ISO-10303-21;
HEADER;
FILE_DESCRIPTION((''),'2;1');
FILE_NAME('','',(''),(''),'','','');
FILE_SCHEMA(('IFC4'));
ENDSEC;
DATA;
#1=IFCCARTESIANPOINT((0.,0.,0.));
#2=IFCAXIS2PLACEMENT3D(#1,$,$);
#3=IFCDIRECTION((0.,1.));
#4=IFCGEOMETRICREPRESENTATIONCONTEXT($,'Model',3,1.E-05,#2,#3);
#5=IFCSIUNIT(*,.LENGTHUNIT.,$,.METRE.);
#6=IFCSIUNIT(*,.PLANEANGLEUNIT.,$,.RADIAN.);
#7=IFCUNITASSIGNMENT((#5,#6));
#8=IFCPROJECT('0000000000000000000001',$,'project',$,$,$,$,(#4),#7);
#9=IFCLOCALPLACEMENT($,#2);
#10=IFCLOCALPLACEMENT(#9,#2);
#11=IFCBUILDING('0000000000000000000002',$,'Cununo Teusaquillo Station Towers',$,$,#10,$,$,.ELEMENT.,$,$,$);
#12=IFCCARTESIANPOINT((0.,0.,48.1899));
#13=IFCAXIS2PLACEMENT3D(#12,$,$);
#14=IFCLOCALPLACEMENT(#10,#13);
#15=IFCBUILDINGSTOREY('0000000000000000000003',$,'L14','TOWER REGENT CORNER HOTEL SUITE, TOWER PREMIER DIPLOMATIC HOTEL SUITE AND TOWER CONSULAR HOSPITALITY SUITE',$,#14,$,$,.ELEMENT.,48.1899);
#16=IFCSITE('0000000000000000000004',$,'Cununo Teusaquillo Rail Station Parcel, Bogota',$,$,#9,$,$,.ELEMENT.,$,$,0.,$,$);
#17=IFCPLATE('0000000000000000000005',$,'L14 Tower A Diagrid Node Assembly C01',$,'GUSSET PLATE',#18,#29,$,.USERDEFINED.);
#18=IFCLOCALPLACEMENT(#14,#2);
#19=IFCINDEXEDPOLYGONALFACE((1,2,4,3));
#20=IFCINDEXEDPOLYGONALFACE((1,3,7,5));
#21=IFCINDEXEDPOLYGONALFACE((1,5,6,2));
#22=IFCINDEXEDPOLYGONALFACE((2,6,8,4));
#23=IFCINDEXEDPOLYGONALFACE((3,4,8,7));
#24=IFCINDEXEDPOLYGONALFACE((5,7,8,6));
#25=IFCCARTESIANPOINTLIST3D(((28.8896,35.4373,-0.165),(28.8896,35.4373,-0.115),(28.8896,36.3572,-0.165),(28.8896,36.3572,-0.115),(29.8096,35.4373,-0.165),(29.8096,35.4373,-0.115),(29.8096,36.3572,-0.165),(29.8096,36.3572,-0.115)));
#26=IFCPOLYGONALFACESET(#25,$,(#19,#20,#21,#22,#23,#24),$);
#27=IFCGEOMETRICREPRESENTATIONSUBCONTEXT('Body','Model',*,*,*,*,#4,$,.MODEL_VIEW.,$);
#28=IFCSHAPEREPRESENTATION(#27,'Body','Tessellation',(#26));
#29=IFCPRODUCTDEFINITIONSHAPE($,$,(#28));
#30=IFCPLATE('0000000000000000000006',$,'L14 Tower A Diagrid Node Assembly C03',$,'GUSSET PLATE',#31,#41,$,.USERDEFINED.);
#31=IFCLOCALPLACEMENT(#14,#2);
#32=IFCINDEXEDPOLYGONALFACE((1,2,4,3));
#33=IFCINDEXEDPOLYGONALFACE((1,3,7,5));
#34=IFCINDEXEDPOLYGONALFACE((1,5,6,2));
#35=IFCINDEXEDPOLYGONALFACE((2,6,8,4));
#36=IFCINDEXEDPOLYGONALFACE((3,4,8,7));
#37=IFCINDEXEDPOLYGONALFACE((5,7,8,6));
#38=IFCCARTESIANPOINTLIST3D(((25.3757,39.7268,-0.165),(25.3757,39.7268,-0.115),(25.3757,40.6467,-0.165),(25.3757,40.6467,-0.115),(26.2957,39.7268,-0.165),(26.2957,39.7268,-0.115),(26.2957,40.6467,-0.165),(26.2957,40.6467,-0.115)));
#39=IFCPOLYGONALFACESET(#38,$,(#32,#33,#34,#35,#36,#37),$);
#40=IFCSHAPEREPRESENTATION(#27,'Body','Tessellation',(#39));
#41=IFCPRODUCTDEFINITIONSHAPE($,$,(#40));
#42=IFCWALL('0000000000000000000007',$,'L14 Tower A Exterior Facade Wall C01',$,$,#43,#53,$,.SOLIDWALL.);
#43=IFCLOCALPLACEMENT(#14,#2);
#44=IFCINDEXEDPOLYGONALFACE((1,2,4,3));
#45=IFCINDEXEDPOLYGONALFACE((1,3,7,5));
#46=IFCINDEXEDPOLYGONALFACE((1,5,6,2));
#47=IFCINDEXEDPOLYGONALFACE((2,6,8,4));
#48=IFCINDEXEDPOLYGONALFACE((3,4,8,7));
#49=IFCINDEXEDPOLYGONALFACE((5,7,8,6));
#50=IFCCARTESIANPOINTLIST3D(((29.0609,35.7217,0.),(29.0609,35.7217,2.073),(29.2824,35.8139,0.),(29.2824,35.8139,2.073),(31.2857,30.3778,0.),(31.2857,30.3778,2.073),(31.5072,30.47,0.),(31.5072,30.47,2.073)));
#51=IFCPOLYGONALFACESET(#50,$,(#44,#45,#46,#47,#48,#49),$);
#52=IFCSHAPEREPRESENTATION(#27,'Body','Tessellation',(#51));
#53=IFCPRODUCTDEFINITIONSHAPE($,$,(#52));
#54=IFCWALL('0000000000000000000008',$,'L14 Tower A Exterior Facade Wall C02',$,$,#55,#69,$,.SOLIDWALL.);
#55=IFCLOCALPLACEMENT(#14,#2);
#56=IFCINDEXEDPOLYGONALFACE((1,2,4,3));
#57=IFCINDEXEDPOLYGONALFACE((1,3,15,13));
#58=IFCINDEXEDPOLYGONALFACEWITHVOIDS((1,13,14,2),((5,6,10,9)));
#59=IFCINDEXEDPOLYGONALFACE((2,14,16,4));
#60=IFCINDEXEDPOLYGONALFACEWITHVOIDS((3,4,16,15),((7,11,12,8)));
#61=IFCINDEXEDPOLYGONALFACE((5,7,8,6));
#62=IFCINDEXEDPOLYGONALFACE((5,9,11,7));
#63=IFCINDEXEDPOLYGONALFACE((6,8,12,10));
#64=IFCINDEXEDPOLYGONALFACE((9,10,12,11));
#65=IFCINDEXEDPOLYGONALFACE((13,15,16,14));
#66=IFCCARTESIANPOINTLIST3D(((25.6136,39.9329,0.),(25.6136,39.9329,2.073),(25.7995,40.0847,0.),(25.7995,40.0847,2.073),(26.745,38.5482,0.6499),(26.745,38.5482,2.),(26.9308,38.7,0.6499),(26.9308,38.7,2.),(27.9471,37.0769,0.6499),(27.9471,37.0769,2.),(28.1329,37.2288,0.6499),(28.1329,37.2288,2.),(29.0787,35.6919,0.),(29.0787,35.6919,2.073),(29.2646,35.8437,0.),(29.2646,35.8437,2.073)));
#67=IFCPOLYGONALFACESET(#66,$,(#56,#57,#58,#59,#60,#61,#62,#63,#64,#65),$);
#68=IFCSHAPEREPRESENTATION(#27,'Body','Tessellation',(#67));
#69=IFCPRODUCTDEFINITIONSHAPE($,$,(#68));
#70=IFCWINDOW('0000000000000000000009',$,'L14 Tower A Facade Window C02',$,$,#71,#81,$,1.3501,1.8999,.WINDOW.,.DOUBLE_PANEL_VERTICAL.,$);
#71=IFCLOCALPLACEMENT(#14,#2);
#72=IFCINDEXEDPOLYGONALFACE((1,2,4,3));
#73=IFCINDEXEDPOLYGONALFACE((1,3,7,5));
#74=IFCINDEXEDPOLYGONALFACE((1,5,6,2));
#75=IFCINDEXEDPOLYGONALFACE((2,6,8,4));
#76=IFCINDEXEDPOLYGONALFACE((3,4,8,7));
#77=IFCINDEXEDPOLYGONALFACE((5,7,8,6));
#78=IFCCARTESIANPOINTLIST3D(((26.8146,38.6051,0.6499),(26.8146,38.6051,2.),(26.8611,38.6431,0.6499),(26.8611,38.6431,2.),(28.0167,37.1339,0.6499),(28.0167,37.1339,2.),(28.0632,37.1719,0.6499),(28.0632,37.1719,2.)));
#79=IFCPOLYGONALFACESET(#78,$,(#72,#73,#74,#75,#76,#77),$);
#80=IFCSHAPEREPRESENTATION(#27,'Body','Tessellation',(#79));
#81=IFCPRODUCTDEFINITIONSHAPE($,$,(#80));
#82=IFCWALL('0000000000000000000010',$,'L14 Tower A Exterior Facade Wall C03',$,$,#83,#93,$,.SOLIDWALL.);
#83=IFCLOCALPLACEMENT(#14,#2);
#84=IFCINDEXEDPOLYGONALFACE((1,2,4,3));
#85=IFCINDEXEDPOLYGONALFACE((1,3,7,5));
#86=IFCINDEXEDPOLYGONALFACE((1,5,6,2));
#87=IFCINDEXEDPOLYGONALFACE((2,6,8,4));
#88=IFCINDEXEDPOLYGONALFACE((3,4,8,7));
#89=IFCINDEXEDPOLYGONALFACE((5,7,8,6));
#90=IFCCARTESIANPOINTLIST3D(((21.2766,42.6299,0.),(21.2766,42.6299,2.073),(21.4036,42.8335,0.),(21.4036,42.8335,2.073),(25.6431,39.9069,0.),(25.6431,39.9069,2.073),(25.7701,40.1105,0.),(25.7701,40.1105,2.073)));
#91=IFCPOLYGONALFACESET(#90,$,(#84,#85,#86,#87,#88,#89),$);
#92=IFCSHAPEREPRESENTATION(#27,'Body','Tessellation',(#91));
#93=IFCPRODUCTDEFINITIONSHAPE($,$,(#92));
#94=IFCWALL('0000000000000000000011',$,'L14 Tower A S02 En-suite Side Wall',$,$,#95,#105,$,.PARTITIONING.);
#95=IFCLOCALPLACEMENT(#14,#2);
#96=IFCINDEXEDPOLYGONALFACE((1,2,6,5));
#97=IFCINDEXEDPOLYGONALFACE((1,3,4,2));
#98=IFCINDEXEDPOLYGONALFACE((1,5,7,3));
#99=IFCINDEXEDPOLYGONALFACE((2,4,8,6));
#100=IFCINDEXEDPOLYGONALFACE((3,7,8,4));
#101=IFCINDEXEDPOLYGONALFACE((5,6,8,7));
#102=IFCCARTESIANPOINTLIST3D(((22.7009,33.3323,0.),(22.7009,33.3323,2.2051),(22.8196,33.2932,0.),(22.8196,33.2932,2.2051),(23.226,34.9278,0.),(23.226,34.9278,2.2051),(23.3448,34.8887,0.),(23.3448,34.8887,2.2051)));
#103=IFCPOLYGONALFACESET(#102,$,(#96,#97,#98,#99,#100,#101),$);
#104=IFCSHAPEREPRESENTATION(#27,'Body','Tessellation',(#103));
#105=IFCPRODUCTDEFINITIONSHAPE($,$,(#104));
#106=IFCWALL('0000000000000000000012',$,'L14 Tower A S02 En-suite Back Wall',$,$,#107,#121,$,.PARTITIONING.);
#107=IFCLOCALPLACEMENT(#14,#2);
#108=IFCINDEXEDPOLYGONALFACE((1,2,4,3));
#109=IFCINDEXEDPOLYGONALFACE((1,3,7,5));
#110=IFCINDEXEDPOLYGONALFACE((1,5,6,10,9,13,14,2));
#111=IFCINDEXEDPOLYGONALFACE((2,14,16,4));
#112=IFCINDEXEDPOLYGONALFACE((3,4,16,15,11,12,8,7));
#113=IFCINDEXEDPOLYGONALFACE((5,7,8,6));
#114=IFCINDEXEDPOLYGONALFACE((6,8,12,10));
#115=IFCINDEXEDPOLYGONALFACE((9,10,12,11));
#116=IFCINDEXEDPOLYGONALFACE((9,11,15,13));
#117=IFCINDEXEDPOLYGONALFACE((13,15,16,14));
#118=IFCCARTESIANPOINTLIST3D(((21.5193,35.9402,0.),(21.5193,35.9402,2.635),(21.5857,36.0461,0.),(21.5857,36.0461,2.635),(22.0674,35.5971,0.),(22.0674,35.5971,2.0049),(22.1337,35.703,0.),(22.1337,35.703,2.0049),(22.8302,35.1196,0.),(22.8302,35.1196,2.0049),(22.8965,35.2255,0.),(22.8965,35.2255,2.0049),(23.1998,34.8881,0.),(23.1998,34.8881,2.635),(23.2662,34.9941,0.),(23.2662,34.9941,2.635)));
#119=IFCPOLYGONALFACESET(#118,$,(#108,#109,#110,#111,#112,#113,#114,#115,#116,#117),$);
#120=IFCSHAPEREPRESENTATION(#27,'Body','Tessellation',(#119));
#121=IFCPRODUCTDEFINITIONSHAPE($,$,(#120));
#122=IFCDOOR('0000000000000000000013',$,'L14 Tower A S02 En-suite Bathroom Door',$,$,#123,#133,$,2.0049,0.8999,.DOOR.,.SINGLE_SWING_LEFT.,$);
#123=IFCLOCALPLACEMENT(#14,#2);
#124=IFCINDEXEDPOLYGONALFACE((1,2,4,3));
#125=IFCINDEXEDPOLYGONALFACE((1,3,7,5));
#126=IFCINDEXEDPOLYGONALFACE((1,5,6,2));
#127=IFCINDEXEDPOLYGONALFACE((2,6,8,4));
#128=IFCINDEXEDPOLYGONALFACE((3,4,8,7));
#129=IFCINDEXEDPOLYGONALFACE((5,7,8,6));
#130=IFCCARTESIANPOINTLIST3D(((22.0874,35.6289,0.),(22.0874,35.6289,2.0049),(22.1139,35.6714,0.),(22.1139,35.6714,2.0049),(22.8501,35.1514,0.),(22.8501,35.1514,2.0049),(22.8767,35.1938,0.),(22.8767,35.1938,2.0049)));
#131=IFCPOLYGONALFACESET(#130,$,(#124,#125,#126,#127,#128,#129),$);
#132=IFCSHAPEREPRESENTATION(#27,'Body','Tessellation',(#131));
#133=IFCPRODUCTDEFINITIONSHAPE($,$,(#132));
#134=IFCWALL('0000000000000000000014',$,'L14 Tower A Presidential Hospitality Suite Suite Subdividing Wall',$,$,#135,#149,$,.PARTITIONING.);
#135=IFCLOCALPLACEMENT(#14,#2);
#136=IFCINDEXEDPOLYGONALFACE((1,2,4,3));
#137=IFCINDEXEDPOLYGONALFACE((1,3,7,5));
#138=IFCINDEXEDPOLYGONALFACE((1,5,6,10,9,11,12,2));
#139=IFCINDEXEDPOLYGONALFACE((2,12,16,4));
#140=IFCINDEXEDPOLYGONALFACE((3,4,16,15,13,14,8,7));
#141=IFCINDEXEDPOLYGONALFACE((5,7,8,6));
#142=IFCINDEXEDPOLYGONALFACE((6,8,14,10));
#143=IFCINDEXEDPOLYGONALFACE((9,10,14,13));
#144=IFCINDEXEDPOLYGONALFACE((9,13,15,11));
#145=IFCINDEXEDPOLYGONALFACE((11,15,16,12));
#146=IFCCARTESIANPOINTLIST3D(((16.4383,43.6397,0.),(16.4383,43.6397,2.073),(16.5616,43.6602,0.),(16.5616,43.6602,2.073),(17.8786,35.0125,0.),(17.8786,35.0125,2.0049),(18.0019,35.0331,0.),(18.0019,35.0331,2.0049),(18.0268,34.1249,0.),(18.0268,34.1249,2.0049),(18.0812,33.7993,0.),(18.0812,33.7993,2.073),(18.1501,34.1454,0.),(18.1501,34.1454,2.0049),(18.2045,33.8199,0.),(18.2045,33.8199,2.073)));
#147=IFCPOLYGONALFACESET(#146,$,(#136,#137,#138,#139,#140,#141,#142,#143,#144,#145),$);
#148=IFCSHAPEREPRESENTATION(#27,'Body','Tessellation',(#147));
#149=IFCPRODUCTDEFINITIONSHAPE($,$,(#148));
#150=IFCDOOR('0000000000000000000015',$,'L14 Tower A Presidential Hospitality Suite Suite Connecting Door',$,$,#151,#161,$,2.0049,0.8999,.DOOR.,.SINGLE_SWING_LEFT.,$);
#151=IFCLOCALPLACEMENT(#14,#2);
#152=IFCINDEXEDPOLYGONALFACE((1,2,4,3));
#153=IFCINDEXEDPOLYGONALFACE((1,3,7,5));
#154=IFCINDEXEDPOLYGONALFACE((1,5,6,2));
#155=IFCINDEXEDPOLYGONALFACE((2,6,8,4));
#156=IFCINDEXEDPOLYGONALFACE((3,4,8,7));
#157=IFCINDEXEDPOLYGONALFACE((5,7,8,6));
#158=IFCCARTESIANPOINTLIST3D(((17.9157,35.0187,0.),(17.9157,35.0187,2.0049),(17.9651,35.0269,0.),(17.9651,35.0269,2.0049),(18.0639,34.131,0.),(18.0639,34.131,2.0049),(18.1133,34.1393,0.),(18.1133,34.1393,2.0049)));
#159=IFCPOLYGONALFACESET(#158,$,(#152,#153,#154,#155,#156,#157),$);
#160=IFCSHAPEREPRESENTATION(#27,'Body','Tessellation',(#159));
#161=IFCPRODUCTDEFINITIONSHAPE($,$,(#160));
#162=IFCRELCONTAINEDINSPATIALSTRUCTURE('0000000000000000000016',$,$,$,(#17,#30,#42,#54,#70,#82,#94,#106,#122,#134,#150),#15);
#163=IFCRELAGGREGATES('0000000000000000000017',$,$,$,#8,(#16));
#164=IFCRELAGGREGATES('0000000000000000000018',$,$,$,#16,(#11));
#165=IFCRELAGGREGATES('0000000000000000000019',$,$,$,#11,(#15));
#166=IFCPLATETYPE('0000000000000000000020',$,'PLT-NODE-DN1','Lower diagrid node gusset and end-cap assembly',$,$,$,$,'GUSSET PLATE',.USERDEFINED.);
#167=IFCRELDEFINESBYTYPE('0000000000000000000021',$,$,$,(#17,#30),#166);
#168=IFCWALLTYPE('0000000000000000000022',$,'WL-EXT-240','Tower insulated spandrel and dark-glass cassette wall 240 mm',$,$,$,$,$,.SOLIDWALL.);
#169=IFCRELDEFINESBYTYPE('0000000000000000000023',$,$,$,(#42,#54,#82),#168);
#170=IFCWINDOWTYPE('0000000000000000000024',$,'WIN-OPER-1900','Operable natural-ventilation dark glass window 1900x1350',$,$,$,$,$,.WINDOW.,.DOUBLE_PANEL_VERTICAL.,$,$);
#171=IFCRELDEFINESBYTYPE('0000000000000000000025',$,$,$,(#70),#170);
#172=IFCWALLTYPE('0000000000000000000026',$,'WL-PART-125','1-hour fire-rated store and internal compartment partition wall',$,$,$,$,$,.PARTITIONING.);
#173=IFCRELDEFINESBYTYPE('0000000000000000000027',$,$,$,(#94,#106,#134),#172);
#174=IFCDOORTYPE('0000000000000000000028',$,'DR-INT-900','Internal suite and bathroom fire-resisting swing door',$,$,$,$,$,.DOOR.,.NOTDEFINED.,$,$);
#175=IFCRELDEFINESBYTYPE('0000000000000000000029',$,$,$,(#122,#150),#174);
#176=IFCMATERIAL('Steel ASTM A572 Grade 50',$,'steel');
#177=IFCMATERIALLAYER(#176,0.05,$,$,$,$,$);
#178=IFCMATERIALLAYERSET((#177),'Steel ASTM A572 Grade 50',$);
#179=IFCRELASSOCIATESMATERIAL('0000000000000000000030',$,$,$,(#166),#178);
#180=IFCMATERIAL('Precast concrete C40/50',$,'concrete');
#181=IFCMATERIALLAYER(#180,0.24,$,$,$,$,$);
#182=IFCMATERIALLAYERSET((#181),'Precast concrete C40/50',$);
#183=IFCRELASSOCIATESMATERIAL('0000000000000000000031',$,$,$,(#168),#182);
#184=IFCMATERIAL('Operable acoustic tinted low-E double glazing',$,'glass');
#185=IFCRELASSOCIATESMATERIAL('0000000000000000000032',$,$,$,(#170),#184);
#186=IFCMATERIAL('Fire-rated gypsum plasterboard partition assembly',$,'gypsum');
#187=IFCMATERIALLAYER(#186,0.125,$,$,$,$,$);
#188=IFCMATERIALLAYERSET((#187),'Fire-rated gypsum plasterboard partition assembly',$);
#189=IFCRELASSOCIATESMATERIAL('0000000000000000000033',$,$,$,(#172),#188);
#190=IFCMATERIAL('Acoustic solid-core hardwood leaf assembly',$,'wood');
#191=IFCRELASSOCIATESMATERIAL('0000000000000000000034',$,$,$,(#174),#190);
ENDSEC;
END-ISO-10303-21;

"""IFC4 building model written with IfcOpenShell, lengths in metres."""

from ifc_helpers import new_model, si_unit, direction, frame, frame_2d, origin, origin_2d, place, context, subcontext, project, spatial, rectangle, extrude, source, transform, mapped, material, layer, layer_set, type_object, element, fill, save


model = new_model("IFC4")

# Units and contexts
model_context = context("Model", 3, precision=1e-05, world=origin(), true_north=direction((0.0, 1.0)))
body_context = subcontext(model_context, "Body", "Model", "MODEL_VIEW")
ifc_project = project(units=[si_unit("LENGTHUNIT", "METRE"), si_unit("PLANEANGLEUNIT", "RADIAN")], contexts=[model_context])

# Site, building, storey
site_placement = place(None, origin())
site = spatial("IfcSite", under=ifc_project, at=site_placement, Name="Cununo Teusaquillo Rail Station Parcel, Bogota", CompositionType="ELEMENT", RefElevation=0.0)
building_placement = place(site_placement, origin())
building = spatial("IfcBuilding", under=site, at=building_placement, Name="Cununo Teusaquillo Station Towers", CompositionType="ELEMENT")
storey_placement = place(building_placement, frame((0.0, 0.0, 48.1899)))
storey = spatial("IfcBuildingStorey", under=building, at=storey_placement, Name="L14", Description="TOWER REGENT CORNER HOTEL SUITE, TOWER PREMIER DIPLOMATIC HOTEL SUITE AND TOWER CONSULAR HOSPITALITY SUITE", CompositionType="ELEMENT", Elevation=48.1899)

# Plates
ifc_material_1 = material(Name="Steel ASTM A572 Grade 50", Category="steel")
ifc_layer_1 = layer(ifc_material_1, 0.05)
ifc_layer_set_1 = layer_set([ifc_layer_1], Name="Steel ASTM A572 Grade 50")
plate_type = type_object("IfcPlateType", Name="PLT-NODE-DN1", Description="Lower diagrid node gusset and end-cap assembly", ElementType="GUSSET PLATE", PredefinedType="USERDEFINED", material=ifc_layer_set_1)
shared_shape_1 = source(origin(), body_context, "Body", "SweptSolid", [
    extrude(rectangle(XDim=0.9199, YDim=0.9199, at=origin_2d()), origin(), (0.0, 0.0, 1.0), 0.05),
])
for number, where, z_axis, x_axis, name in (
    (1, (29.3496, 35.8972, -0.165), (0.0, 0.0, 1.0), (1.0, 0.0, 0.0), "L14 Tower A Diagrid Node Assembly C01"),
    (2, (25.8357, 40.1868, -0.165), (0.0, 0.0, 1.0), (1.0, 0.0, 0.0), "L14 Tower A Diagrid Node Assembly C03"),
):
    element("IfcPlate", number, at=place(storey_placement, frame(where, z_axis=z_axis, x_axis=x_axis)), inside=storey, type_object=plate_type, Name=name, ObjectType="GUSSET PLATE", PredefinedType="USERDEFINED", context=body_context, shape_type="MappedRepresentation", body=[
        mapped(shared_shape_1, transform((0.0, 0.0, 0.0), x_axis=(1.0, 0.0, 0.0), y_axis=(0.0, 1.0, 0.0), z_axis=(0.0, 0.0, 1.0), scale=1.0)),
    ])

# Wall
ifc_material_2 = material(Name="Precast concrete C40/50", Category="concrete")
ifc_layer_2 = layer(ifc_material_2, 0.24)
ifc_layer_set_2 = layer_set([ifc_layer_2], Name="Precast concrete C40/50")
wall_type_1 = type_object("IfcWallType", Name="WL-EXT-240", Description="Tower insulated spandrel and dark-glass cassette wall 240 mm", PredefinedType="SOLIDWALL", material=ifc_layer_set_2)
wall_1_placement = place(storey_placement, frame((29.1716, 35.7678, 0.0), z_axis=(0.0, 0.0, 1.0), x_axis=(0.384349, -0.923188, 0.0)))
element("IfcWall", 3, at=wall_1_placement, inside=storey, type_object=wall_type_1, Name="L14 Tower A Exterior Facade Wall C01", PredefinedType="SOLIDWALL", context=body_context, shape_type="SweptSolid", body=[
    extrude(rectangle(XDim=5.7886, YDim=0.24, at=frame_2d((2.8943, 0.0))), origin(), (0.0, 0.0, 1.0), 2.073),
])

# Wall, opening, window
wall_2_placement = place(storey_placement, frame((25.7065, 40.0088, 0.0), z_axis=(0.0, 0.0, 1.0), x_axis=(0.632713, -0.774386, 0.0)))
wall_2 = element("IfcWall", 4, at=wall_2_placement, inside=storey, type_object=wall_type_1, Name="L14 Tower A Exterior Facade Wall C02", PredefinedType="SOLIDWALL", context=body_context, shape_type="SweptSolid", body=[
    extrude(rectangle(XDim=5.4766, YDim=0.24, at=frame_2d((2.7383, 0.0))), origin(), (0.0, 0.0, 1.0), 2.073),
])
shared_shape_2 = source(origin(), body_context, "Body", "SweptSolid", [
    extrude(rectangle(XDim=1.8999, YDim=1.3501, at=frame_2d((0.95, 0.675))), frame((0.0, 0.1299, 0.0), z_axis=(0.0, -1.0, 0.0), x_axis=(1.0, 0.0, 0.0)), (0.0, 0.0, 1.0), 0.26),
])
opening_1_placement = place(wall_2_placement, frame((1.7881, 0.0, 0.6499)))
opening_1 = element("IfcOpeningElement", 5, at=opening_1_placement, cuts=wall_2, PredefinedType="OPENING", context=body_context, shape_type="MappedRepresentation", body=[
    mapped(shared_shape_2, transform((0.0, 0.0, 0.0), x_axis=(1.0, 0.0, 0.0), y_axis=(0.0, 1.0, 0.0), z_axis=(0.0, 0.0, 1.0), scale=1.0)),
])
ifc_material_3 = material(Name="Operable acoustic tinted low-E double glazing", Category="glass")
window_type = type_object("IfcWindowType", Name="WIN-OPER-1900", Description="Operable natural-ventilation dark glass window 1900x1350", PartitioningType="DOUBLE_PANEL_VERTICAL", PredefinedType="WINDOW", material=ifc_material_3)
shared_shape_3 = source(origin(), body_context, "Body", "SweptSolid", [
    extrude(rectangle(XDim=1.8999, YDim=1.3501, at=frame_2d((0.95, 0.675))), frame((0.0, 0.03, 0.0), z_axis=(0.0, -1.0, 0.0), x_axis=(1.0, 0.0, 0.0)), (0.0, 0.0, 1.0), 0.0601),
])
window_placement = place(opening_1_placement, origin())
window = element("IfcWindow", 6, at=window_placement, inside=storey, type_object=window_type, Name="L14 Tower A Facade Window C02", OverallHeight=1.3501, OverallWidth=1.8999, PartitioningType="DOUBLE_PANEL_VERTICAL", PredefinedType="WINDOW", context=body_context, shape_type="MappedRepresentation", body=[
    mapped(shared_shape_3, transform((0.0, 0.0, 0.0), x_axis=(1.0, 0.0, 0.0), y_axis=(0.0, 1.0, 0.0), z_axis=(0.0, 0.0, 1.0), scale=1.0)),
])
fill(opening_1, window)

# Walls
wall_3_placement = place(storey_placement, frame((21.3401, 42.7317, 0.0), z_axis=(0.0, 0.0, 1.0), x_axis=(0.848534, -0.529141, 0.0)))
element("IfcWall", 7, at=wall_3_placement, inside=storey, type_object=wall_type_1, Name="L14 Tower A Exterior Facade Wall C03", PredefinedType="SOLIDWALL", context=body_context, shape_type="SweptSolid", body=[
    extrude(rectangle(XDim=5.146, YDim=0.24, at=frame_2d((2.573, 0.0))), origin(), (0.0, 0.0, 1.0), 2.073),
])
ifc_material_4 = material(Name="Fire-rated gypsum plasterboard partition assembly", Category="gypsum")
ifc_layer_3 = layer(ifc_material_4, 0.125)
ifc_layer_set_3 = layer_set([ifc_layer_3], Name="Fire-rated gypsum plasterboard partition assembly")
wall_type_2 = type_object("IfcWallType", Name="WL-PART-125", Description="1-hour fire-rated store and internal compartment partition wall", PredefinedType="PARTITIONING", material=ifc_layer_set_3)
wall_4_placement = place(storey_placement, frame((22.7603, 33.3127, 0.0), z_axis=(0.0, 0.0, 1.0), x_axis=(0.31265, 0.949868, 0.0)))
element("IfcWall", 8, at=wall_4_placement, inside=storey, type_object=wall_type_2, Name="L14 Tower A S02 En-suite Side Wall", PredefinedType="PARTITIONING", context=body_context, shape_type="SweptSolid", body=[
    extrude(rectangle(XDim=1.6797, YDim=0.125, at=frame_2d((0.8398, 0.0))), origin(), (0.0, 0.0, 1.0), 2.2051),
])

# Walls, openings, doors
wall_5_placement = place(storey_placement, frame((23.2329, 34.9412, 0.0), z_axis=(0.0, 0.0, 1.0), x_axis=(-0.847604, 0.53063, 0.0)))
wall_5 = element("IfcWall", 9, at=wall_5_placement, inside=storey, type_object=wall_type_2, Name="L14 Tower A S02 En-suite Back Wall", PredefinedType="PARTITIONING", context=body_context, shape_type="SweptSolid", body=[
    extrude(rectangle(XDim=1.9827, YDim=0.125, at=frame_2d((0.9912, 0.0))), origin(), (0.0, 0.0, 1.0), 2.635),
])
shared_shape_4 = source(origin(), body_context, "Body", "SweptSolid", [
    extrude(rectangle(XDim=0.8999, YDim=2.0049, at=frame_2d((0.45, 1.0024))), frame((0.0, 0.0725, 0.0), z_axis=(0.0, -1.0, 0.0), x_axis=(1.0, 0.0, 0.0)), (0.0, 0.0, 1.0), 0.145),
])
opening_2_placement = place(wall_5_placement, frame((0.436, 0.0, 0.0)))
opening_2 = element("IfcOpeningElement", 10, at=opening_2_placement, cuts=wall_5, PredefinedType="OPENING", context=body_context, shape_type="MappedRepresentation", body=[
    mapped(shared_shape_4, transform((0.0, 0.0, 0.0), x_axis=(1.0, 0.0, 0.0), y_axis=(0.0, 1.0, 0.0), z_axis=(0.0, 0.0, 1.0), scale=1.0)),
])
ifc_material_5 = material(Name="Acoustic solid-core hardwood leaf assembly", Category="wood")
door_type_1 = type_object("IfcDoorType", Name="DR-INT-900", Description="Internal suite and bathroom fire-resisting swing door", OperationType="NOTDEFINED", PredefinedType="DOOR", material=ifc_material_5)
shared_shape_5 = source(origin(), body_context, "Body", "SweptSolid", [
    extrude(rectangle(XDim=0.8999, YDim=2.0049, at=frame_2d((0.45, 1.0024))), frame((0.0, 0.0249, 0.0), z_axis=(0.0, -1.0, 0.0), x_axis=(1.0, 0.0, 0.0)), (0.0, 0.0, 1.0), 0.05),
])
door_1_placement = place(opening_2_placement, origin())
door_1 = element("IfcDoor", 11, at=door_1_placement, inside=storey, type_object=door_type_1, Name="L14 Tower A S02 En-suite Bathroom Door", OperationType="SINGLE_SWING_LEFT", OverallHeight=2.0049, OverallWidth=0.8999, PredefinedType="DOOR", context=body_context, shape_type="MappedRepresentation", body=[
    mapped(shared_shape_5, transform((0.0, 0.0, 0.0), x_axis=(1.0, 0.0, 0.0), y_axis=(0.0, 1.0, 0.0), z_axis=(0.0, 0.0, 1.0), scale=1.0)),
])
fill(opening_2, door_1)
wall_6_placement = place(storey_placement, frame((18.1428, 33.8096, 0.0), z_axis=(0.0, 0.0, 1.0), x_axis=(-0.164669, 0.986349, 0.0)))
wall_6 = element("IfcWall", 12, at=wall_6_placement, inside=storey, type_object=wall_type_2, Name="L14 Tower A Presidential Hospitality Suite Suite Subdividing Wall", PredefinedType="PARTITIONING", context=body_context, shape_type="SweptSolid", body=[
    extrude(rectangle(XDim=9.9766, YDim=0.125, at=frame_2d((4.9883, 0.0))), origin(), (0.0, 0.0, 1.0), 2.073),
])
opening_3_placement = place(wall_6_placement, frame((0.3301, 0.0, 0.0)))
opening_3 = element("IfcOpeningElement", 13, at=opening_3_placement, cuts=wall_6, PredefinedType="OPENING", context=body_context, shape_type="MappedRepresentation", body=[
    mapped(shared_shape_4, transform((0.0, 0.0, 0.0), x_axis=(1.0, 0.0, 0.0), y_axis=(0.0, 1.0, 0.0), z_axis=(0.0, 0.0, 1.0), scale=1.0)),
])
door_2_placement = place(opening_3_placement, origin())
door_2 = element("IfcDoor", 14, at=door_2_placement, inside=storey, type_object=door_type_1, Name="L14 Tower A Presidential Hospitality Suite Suite Connecting Door", OperationType="SINGLE_SWING_LEFT", OverallHeight=2.0049, OverallWidth=0.8999, PredefinedType="DOOR", context=body_context, shape_type="MappedRepresentation", body=[
    mapped(shared_shape_5, transform((0.0, 0.0, 0.0), x_axis=(1.0, 0.0, 0.0), y_axis=(0.0, 1.0, 0.0), z_axis=(0.0, 0.0, 1.0), scale=1.0)),
])
fill(opening_3, door_2)

save(model, "model.ifc")
